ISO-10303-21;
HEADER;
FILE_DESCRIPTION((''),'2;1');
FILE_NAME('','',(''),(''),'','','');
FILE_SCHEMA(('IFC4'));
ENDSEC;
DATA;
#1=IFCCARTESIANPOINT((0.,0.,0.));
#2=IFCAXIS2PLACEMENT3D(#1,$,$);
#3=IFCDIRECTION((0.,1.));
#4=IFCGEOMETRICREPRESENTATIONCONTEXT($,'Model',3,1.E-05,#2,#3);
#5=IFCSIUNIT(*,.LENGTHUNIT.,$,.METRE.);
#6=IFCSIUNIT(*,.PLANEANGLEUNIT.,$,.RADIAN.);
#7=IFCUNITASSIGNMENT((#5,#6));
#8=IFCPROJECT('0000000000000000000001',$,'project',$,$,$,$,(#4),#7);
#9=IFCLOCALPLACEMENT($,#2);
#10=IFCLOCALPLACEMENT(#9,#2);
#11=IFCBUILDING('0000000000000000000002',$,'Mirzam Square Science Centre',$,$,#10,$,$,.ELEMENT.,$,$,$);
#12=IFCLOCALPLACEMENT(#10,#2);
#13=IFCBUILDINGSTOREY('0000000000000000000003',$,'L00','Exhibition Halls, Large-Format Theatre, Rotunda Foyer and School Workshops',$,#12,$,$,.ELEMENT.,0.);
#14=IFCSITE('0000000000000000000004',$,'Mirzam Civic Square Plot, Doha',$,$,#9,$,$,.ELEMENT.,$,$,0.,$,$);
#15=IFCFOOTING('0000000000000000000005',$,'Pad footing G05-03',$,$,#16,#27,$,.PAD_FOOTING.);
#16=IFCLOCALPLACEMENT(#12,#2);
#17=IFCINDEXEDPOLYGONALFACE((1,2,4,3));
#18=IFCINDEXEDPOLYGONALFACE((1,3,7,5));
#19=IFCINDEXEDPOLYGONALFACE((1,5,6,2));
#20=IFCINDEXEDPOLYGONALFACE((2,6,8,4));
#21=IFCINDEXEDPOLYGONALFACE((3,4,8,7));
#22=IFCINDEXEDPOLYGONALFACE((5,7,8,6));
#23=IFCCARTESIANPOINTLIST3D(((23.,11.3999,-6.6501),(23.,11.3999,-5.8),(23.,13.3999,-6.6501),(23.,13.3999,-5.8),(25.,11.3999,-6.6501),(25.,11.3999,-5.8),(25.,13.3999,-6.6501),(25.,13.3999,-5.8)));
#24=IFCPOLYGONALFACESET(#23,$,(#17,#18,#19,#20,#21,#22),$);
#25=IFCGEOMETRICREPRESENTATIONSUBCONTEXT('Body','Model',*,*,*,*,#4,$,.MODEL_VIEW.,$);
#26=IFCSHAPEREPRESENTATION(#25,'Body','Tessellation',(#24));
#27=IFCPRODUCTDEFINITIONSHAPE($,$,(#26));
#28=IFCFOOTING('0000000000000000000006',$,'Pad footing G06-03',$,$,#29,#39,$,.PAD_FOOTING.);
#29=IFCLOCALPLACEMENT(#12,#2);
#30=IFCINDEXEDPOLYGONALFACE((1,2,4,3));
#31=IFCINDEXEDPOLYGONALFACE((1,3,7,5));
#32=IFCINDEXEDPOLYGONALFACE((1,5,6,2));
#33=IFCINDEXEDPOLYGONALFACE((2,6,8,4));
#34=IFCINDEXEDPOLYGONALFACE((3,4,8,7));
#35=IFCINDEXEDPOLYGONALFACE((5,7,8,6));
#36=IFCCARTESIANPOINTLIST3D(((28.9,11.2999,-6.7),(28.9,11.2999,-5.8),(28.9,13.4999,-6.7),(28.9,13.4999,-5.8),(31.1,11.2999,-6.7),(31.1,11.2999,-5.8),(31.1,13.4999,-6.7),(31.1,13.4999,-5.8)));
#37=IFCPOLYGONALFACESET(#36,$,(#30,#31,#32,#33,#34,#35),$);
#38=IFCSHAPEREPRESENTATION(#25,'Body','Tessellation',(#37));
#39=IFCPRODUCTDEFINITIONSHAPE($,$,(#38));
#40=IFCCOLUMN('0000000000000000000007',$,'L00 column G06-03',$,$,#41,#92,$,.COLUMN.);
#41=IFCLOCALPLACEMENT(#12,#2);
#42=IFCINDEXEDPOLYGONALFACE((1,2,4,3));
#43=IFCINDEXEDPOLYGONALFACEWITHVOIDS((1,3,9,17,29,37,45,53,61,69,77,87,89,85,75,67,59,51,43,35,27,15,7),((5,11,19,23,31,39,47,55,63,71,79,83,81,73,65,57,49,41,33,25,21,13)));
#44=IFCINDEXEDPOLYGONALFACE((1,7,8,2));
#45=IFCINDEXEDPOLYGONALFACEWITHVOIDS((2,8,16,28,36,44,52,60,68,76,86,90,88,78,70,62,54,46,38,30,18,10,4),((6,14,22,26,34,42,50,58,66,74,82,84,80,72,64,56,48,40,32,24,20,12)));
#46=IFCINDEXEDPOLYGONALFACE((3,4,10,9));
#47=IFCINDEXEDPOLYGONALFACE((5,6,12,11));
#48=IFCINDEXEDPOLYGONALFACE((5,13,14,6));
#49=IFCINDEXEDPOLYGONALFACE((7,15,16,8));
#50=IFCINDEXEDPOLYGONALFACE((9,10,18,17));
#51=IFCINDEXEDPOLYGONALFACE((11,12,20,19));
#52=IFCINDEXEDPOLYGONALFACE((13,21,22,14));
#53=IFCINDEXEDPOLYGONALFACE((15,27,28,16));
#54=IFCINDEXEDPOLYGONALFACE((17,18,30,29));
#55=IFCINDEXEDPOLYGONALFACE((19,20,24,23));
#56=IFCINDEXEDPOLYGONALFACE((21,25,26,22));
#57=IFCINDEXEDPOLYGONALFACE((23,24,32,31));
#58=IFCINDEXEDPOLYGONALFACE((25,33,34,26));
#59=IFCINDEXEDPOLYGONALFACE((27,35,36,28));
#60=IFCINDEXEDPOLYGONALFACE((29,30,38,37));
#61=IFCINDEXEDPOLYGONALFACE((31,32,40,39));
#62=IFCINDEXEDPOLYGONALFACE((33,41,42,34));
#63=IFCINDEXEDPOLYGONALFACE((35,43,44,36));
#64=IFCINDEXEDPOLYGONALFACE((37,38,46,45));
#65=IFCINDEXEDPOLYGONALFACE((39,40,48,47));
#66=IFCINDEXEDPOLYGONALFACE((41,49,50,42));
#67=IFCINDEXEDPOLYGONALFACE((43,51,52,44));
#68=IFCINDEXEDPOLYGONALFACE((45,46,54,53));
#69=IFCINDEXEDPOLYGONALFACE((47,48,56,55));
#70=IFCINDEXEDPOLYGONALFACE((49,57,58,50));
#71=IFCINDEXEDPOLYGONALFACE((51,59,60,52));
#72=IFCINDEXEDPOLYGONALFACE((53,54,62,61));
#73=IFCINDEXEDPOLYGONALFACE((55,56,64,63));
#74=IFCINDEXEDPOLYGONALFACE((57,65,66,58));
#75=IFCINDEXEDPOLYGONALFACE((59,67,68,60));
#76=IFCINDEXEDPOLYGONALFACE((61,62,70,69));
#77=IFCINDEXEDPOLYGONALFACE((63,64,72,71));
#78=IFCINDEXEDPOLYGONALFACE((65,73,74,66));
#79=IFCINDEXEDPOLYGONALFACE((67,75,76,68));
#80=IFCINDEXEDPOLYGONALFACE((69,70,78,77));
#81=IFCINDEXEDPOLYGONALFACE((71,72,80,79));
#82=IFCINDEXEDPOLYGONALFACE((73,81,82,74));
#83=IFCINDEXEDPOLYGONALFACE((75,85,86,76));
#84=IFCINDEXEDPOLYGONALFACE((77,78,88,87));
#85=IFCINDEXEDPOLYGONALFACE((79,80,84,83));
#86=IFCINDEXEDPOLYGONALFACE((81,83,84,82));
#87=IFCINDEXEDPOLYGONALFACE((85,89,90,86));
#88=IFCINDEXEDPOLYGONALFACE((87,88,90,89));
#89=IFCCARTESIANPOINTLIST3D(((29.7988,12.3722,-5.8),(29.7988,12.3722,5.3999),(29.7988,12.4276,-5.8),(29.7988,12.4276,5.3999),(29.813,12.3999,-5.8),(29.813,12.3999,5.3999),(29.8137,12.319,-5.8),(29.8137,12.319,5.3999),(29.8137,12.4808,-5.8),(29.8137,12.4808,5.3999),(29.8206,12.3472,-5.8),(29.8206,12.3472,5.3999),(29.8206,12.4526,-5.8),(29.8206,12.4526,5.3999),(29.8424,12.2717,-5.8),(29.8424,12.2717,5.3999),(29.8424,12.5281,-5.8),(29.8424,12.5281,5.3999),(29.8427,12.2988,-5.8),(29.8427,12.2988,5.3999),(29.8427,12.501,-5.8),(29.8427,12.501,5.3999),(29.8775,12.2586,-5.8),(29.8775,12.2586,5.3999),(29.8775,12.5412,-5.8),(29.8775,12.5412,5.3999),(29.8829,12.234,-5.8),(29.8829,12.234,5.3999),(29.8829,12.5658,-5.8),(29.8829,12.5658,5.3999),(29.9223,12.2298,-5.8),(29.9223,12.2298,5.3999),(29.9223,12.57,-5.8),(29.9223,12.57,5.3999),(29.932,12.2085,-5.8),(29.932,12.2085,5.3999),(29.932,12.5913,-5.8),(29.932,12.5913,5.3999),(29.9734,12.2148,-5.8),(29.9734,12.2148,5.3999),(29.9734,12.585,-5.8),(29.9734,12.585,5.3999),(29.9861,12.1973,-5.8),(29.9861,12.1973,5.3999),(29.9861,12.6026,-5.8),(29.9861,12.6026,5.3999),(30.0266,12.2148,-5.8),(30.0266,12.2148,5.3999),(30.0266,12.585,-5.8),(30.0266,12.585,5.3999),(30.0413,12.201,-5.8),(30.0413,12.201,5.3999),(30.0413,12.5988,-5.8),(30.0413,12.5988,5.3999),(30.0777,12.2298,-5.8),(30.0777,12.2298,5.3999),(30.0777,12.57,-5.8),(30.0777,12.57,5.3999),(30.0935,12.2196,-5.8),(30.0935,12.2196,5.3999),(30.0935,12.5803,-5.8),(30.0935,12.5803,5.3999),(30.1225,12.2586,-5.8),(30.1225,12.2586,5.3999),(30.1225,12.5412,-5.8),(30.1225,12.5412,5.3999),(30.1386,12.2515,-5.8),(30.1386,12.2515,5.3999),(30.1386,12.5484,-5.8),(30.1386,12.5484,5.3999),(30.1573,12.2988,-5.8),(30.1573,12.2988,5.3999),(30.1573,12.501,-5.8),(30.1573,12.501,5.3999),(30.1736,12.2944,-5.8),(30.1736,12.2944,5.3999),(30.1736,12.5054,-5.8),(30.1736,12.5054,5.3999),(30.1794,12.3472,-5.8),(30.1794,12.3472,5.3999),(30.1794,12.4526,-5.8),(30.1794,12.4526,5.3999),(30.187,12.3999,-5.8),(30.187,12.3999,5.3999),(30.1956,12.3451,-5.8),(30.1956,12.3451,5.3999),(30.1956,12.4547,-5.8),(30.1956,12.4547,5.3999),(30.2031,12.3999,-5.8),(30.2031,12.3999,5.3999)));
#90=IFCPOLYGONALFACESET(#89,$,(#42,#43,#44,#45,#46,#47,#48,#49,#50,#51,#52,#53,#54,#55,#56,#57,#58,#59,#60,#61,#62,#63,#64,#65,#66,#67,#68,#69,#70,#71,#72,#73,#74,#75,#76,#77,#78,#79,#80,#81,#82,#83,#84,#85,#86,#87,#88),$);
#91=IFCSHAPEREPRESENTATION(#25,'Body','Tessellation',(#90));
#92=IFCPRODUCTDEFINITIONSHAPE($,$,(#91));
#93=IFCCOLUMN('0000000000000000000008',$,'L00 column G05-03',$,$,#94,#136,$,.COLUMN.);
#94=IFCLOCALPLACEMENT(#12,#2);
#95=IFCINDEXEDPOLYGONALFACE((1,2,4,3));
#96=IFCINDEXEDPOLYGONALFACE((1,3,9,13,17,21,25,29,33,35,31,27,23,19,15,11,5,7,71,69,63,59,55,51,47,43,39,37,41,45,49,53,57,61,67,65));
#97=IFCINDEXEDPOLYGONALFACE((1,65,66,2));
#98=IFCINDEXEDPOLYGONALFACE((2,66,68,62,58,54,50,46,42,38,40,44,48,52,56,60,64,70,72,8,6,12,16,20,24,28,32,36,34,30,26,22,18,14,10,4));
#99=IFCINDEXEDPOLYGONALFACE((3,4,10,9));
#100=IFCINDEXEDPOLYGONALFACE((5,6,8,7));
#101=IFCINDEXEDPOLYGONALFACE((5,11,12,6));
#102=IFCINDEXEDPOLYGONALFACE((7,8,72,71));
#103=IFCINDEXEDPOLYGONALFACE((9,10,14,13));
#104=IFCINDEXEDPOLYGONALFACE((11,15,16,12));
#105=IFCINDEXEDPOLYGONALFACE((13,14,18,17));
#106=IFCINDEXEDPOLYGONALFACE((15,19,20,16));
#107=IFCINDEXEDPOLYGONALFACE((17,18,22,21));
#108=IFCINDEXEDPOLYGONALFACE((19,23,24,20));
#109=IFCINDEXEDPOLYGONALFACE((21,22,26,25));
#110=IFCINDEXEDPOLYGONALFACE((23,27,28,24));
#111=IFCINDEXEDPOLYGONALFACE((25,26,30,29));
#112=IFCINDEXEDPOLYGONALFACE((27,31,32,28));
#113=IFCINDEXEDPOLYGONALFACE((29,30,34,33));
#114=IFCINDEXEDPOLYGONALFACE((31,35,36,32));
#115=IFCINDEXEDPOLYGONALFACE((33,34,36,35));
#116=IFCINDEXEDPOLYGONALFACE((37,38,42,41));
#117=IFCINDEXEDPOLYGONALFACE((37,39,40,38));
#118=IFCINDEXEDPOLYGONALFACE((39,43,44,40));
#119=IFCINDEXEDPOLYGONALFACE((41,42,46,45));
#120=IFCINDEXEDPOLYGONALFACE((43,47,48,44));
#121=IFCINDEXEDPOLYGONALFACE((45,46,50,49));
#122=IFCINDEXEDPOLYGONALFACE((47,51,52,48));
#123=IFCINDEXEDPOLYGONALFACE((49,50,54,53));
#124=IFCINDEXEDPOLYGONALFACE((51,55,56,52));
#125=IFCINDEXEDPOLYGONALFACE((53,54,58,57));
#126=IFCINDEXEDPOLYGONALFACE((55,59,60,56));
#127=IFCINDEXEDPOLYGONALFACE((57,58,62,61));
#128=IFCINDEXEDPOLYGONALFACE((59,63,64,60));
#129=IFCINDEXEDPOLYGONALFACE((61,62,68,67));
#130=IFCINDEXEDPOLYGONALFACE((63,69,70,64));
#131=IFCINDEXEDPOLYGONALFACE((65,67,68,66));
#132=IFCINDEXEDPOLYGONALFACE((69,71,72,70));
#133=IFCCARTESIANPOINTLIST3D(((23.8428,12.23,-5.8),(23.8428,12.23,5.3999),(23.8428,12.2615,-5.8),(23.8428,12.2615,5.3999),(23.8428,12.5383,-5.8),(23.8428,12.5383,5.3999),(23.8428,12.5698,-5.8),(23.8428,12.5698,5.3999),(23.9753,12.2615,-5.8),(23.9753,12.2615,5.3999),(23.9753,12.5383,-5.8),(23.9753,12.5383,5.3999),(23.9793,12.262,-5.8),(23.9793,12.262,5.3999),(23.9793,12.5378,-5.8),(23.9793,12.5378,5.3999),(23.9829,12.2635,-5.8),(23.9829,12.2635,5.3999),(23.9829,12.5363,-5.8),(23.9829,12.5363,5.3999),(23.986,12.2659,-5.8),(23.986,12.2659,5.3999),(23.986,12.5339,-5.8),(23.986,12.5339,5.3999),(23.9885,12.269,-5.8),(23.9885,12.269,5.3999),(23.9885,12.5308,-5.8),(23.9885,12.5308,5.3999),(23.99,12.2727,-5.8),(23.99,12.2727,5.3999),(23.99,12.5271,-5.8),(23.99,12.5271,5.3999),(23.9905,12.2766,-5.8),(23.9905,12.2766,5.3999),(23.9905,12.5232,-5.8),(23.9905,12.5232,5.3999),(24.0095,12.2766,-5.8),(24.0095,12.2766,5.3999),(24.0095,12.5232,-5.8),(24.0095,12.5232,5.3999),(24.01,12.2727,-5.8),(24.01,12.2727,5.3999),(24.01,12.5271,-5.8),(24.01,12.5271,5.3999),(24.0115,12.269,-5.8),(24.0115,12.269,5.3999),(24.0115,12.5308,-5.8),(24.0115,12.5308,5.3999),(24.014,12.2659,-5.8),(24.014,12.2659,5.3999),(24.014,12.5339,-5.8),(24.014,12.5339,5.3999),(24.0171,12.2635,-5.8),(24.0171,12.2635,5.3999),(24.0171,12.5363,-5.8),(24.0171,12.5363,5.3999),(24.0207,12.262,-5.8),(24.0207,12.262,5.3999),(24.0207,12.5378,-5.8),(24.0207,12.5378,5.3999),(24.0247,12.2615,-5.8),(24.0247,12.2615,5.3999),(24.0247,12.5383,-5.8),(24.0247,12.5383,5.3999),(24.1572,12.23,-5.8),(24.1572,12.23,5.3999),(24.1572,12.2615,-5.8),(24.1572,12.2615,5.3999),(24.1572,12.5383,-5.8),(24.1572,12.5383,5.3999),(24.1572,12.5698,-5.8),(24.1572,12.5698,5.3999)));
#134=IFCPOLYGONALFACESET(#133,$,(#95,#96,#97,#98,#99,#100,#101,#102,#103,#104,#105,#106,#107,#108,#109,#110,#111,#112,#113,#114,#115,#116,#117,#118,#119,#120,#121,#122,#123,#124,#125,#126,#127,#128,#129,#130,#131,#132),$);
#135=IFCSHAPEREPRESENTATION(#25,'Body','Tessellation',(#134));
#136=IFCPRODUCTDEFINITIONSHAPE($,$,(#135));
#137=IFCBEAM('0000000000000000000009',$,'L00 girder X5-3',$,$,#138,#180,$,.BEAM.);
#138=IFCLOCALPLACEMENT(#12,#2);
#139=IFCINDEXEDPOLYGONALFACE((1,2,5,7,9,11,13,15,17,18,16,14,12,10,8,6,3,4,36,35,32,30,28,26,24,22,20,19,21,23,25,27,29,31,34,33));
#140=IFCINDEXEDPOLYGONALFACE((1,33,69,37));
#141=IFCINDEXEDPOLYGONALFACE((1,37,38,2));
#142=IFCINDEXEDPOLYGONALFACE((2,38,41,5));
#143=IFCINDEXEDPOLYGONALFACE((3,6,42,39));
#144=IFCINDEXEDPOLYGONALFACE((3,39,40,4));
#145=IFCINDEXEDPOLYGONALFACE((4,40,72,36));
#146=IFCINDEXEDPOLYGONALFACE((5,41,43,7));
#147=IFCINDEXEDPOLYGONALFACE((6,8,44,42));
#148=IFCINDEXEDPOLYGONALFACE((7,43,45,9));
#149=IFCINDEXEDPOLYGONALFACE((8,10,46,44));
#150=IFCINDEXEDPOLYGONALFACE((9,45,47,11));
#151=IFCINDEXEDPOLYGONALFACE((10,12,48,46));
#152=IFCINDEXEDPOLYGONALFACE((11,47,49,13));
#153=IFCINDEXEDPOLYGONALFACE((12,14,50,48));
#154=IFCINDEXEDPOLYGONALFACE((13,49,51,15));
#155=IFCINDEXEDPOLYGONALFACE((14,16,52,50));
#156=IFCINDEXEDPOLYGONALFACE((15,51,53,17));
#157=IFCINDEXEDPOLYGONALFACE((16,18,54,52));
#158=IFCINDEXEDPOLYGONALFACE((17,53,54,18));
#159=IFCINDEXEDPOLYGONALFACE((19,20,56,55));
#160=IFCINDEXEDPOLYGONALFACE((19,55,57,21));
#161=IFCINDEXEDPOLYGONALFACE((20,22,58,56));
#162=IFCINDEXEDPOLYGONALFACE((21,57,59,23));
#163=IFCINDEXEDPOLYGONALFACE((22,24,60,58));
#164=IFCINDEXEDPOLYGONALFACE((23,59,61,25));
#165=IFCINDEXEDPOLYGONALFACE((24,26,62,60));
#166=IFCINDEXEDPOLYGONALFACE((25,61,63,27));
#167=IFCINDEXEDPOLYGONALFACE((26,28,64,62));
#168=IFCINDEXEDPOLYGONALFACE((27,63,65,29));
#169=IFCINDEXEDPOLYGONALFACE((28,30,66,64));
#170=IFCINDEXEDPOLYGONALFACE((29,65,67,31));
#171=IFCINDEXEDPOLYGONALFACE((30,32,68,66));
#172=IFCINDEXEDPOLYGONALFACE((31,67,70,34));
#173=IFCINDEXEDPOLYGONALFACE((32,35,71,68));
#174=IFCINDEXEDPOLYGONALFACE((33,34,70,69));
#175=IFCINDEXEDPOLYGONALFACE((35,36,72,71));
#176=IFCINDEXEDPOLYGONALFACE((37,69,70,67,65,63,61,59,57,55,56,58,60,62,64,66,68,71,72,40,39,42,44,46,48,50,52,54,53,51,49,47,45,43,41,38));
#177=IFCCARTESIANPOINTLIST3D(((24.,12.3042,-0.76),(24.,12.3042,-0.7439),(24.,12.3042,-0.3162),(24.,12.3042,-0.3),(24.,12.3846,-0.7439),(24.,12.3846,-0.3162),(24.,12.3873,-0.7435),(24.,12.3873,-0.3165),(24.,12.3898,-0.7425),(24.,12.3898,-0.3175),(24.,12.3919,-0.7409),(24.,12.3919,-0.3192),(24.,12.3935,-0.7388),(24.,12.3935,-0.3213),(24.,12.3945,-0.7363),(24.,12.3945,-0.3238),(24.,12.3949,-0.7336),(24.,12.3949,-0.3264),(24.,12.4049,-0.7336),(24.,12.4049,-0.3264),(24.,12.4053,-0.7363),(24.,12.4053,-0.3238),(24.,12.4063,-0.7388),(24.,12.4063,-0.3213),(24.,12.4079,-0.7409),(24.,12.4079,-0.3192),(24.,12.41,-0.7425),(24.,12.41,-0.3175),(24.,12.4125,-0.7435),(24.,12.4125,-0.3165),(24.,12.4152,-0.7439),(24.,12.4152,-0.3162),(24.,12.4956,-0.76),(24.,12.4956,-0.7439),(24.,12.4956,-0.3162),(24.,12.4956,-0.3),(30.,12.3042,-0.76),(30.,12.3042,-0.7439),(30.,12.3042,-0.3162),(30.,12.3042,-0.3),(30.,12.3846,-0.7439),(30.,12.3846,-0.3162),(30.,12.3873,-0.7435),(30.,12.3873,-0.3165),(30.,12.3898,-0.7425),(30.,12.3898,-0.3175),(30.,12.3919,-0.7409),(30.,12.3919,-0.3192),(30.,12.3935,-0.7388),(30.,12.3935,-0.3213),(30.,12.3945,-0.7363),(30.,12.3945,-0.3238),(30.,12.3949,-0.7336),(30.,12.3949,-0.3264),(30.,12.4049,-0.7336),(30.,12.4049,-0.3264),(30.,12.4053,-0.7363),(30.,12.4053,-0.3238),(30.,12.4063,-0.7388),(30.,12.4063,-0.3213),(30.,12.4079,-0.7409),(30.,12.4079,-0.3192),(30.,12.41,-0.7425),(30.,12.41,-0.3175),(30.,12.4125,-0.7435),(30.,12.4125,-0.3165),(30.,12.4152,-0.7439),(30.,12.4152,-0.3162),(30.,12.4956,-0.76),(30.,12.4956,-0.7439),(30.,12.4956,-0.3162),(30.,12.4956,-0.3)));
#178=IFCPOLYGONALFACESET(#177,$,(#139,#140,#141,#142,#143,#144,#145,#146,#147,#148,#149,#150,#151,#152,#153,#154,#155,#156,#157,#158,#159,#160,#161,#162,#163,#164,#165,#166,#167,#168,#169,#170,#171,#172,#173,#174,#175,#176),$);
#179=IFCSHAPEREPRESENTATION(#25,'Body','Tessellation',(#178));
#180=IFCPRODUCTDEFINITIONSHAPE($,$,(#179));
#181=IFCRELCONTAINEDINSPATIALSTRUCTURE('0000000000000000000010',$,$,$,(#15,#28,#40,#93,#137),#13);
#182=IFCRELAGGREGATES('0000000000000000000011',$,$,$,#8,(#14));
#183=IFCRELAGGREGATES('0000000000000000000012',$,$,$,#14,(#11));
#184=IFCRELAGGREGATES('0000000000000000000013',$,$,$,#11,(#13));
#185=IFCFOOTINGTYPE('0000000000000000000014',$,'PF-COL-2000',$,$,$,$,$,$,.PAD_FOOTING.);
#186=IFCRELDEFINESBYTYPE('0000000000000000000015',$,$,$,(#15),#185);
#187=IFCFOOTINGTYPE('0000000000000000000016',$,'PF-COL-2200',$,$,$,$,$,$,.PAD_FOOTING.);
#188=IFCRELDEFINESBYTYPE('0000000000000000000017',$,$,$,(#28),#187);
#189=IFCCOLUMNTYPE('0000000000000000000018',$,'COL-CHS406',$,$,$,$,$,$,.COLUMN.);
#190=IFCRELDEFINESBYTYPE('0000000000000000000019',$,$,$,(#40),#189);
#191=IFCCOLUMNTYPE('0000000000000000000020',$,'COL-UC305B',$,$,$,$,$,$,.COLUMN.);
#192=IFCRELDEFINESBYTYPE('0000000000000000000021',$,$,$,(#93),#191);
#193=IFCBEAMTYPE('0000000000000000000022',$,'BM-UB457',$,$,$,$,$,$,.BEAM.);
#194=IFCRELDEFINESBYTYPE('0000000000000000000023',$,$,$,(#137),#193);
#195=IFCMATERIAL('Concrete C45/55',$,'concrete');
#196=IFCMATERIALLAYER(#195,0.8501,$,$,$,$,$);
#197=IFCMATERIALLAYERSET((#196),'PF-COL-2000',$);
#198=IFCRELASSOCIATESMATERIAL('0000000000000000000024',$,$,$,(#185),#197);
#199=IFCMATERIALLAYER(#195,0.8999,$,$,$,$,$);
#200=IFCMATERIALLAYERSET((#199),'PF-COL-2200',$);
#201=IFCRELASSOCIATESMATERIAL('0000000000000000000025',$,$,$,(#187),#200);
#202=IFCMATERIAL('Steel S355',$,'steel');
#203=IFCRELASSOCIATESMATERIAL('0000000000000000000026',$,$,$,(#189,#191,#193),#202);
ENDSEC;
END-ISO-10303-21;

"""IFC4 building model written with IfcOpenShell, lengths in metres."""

from ifc_helpers import new_model, si_unit, direction, frame, origin, origin_2d, place, context, subcontext, project, spatial, rectangle, hollow_circle, i_section, extrude, material, layer, layer_set, material_profile, profile_set, type_object, element, save


model = new_model("IFC4")

# Units and contexts
model_context = context("Model", 3, precision=1e-05, world=origin(), true_north=direction((0.0, 1.0)))
body_context = subcontext(model_context, "Body", "Model", "MODEL_VIEW")
ifc_project = project(units=[si_unit("LENGTHUNIT", "METRE"), si_unit("PLANEANGLEUNIT", "RADIAN")], contexts=[model_context])

# Site, building, storey
site_placement = place(None, origin())
site = spatial("IfcSite", under=ifc_project, at=site_placement, Name="Mirzam Civic Square Plot, Doha", CompositionType="ELEMENT", RefElevation=0.0)
building_placement = place(site_placement, origin())
building = spatial("IfcBuilding", under=site, at=building_placement, Name="Mirzam Square Science Centre", CompositionType="ELEMENT")
storey_placement = place(building_placement, origin())
storey = spatial("IfcBuildingStorey", under=building, at=storey_placement, Name="L00", Description="Exhibition Halls, Large-Format Theatre, Rotunda Foyer and School Workshops", CompositionType="ELEMENT", Elevation=0.0)

# Footings
ifc_material_1 = material(Name="Concrete C45/55", Category="concrete")
ifc_layer_1 = layer(ifc_material_1, 0.8501)
ifc_layer_set_1 = layer_set([ifc_layer_1], Name="PF-COL-2000")
footing_type_1 = type_object("IfcFootingType", Name="PF-COL-2000", PredefinedType="PAD_FOOTING", material=ifc_layer_set_1)
footing_1_placement = place(storey_placement, frame((24.0, 12.3999, -6.6501), z_axis=(0.0, 0.0, 1.0), x_axis=(1.0, 0.0, 0.0)))
element("IfcFooting", 1, at=footing_1_placement, inside=storey, type_object=footing_type_1, Name="Pad footing G05-03", PredefinedType="PAD_FOOTING", context=body_context, shape_type="SweptSolid", body=[
    extrude(rectangle(XDim=2.0, YDim=2.0, at=origin_2d()), origin(), (0.0, 0.0, 1.0), 0.8501),
])
ifc_layer_2 = layer(ifc_material_1, 0.8999)
ifc_layer_set_2 = layer_set([ifc_layer_2], Name="PF-COL-2200")
footing_type_2 = type_object("IfcFootingType", Name="PF-COL-2200", PredefinedType="PAD_FOOTING", material=ifc_layer_set_2)
footing_2_placement = place(storey_placement, frame((30.0, 12.3999, -6.7), z_axis=(0.0, 0.0, 1.0), x_axis=(1.0, 0.0, 0.0)))
element("IfcFooting", 2, at=footing_2_placement, inside=storey, type_object=footing_type_2, Name="Pad footing G06-03", PredefinedType="PAD_FOOTING", context=body_context, shape_type="SweptSolid", body=[
    extrude(rectangle(XDim=2.2, YDim=2.2, at=origin_2d()), origin(), (0.0, 0.0, 1.0), 0.8999),
])

# Columns
ifc_material_2 = material(Name="Steel S355", Category="steel")
ifc_material_profile_1 = material_profile(ifc_material_2, hollow_circle(Radius=0.2031, WallThickness=0.0161, at=origin_2d()), Name="406.4x16.0CHS")
ifc_profile_set_1 = profile_set([ifc_material_profile_1], Name="Steel S355")
column_type_1 = type_object("IfcColumnType", Name="COL-CHS406", PredefinedType="COLUMN", material=ifc_profile_set_1)
column_1_placement = place(storey_placement, frame((30.0, 12.3999, -5.8), z_axis=(0.0, 0.0, 1.0), x_axis=(1.0, 0.0, 0.0)))
element("IfcColumn", 3, at=column_1_placement, inside=storey, type_object=column_type_1, Name="L00 column G06-03", PredefinedType="COLUMN", context=body_context, shape_type="SweptSolid", body=[
    extrude(hollow_circle(Radius=0.2031, WallThickness=0.0161, at=origin_2d()), origin(), (0.0, 0.0, 1.0), 11.2),
])
ifc_material_profile_2 = material_profile(ifc_material_2, i_section(OverallWidth=0.3145, OverallDepth=0.3398, WebThickness=0.019, FlangeThickness=0.0315, FilletRadius=0.0151, at=origin_2d()), Name="305x305x198UC")
ifc_profile_set_2 = profile_set([ifc_material_profile_2], Name="Steel S355")
column_type_2 = type_object("IfcColumnType", Name="COL-UC305B", PredefinedType="COLUMN", material=ifc_profile_set_2)
column_2_placement = place(storey_placement, frame((24.0, 12.3999, -5.8), z_axis=(0.0, 0.0, 1.0), x_axis=(1.0, 0.0, 0.0)))
element("IfcColumn", 4, at=column_2_placement, inside=storey, type_object=column_type_2, Name="L00 column G05-03", PredefinedType="COLUMN", context=body_context, shape_type="SweptSolid", body=[
    extrude(i_section(OverallWidth=0.3145, OverallDepth=0.3398, WebThickness=0.019, FlangeThickness=0.0315, FilletRadius=0.0151, at=origin_2d()), origin(), (0.0, 0.0, 1.0), 11.2),
])

# Beam
ifc_material_profile_3 = material_profile(ifc_material_2, i_section(OverallWidth=0.1914, OverallDepth=0.46, WebThickness=0.01, FlangeThickness=0.0161, FilletRadius=0.0103, at=origin_2d()), Name="457x191x82UB")
ifc_profile_set_3 = profile_set([ifc_material_profile_3], Name="Steel S355")
beam_type_1 = type_object("IfcBeamType", Name="BM-UB457", PredefinedType="BEAM", material=ifc_profile_set_3)
beam_1_placement = place(storey_placement, frame((24.0, 12.3999, -0.53), z_axis=(1.0, 0.0, 0.0), x_axis=(0.0, 1.0, 0.0)))
element("IfcBeam", 5, at=beam_1_placement, inside=storey, type_object=beam_type_1, Name="L00 girder X5-3", PredefinedType="BEAM", context=body_context, shape_type="SweptSolid", body=[
    extrude(i_section(OverallWidth=0.1914, OverallDepth=0.46, WebThickness=0.01, FlangeThickness=0.0161, FilletRadius=0.0103, at=origin_2d()), origin(), (0.0, 0.0, 1.0), 6.0),
])

save(model, "model.ifc")
